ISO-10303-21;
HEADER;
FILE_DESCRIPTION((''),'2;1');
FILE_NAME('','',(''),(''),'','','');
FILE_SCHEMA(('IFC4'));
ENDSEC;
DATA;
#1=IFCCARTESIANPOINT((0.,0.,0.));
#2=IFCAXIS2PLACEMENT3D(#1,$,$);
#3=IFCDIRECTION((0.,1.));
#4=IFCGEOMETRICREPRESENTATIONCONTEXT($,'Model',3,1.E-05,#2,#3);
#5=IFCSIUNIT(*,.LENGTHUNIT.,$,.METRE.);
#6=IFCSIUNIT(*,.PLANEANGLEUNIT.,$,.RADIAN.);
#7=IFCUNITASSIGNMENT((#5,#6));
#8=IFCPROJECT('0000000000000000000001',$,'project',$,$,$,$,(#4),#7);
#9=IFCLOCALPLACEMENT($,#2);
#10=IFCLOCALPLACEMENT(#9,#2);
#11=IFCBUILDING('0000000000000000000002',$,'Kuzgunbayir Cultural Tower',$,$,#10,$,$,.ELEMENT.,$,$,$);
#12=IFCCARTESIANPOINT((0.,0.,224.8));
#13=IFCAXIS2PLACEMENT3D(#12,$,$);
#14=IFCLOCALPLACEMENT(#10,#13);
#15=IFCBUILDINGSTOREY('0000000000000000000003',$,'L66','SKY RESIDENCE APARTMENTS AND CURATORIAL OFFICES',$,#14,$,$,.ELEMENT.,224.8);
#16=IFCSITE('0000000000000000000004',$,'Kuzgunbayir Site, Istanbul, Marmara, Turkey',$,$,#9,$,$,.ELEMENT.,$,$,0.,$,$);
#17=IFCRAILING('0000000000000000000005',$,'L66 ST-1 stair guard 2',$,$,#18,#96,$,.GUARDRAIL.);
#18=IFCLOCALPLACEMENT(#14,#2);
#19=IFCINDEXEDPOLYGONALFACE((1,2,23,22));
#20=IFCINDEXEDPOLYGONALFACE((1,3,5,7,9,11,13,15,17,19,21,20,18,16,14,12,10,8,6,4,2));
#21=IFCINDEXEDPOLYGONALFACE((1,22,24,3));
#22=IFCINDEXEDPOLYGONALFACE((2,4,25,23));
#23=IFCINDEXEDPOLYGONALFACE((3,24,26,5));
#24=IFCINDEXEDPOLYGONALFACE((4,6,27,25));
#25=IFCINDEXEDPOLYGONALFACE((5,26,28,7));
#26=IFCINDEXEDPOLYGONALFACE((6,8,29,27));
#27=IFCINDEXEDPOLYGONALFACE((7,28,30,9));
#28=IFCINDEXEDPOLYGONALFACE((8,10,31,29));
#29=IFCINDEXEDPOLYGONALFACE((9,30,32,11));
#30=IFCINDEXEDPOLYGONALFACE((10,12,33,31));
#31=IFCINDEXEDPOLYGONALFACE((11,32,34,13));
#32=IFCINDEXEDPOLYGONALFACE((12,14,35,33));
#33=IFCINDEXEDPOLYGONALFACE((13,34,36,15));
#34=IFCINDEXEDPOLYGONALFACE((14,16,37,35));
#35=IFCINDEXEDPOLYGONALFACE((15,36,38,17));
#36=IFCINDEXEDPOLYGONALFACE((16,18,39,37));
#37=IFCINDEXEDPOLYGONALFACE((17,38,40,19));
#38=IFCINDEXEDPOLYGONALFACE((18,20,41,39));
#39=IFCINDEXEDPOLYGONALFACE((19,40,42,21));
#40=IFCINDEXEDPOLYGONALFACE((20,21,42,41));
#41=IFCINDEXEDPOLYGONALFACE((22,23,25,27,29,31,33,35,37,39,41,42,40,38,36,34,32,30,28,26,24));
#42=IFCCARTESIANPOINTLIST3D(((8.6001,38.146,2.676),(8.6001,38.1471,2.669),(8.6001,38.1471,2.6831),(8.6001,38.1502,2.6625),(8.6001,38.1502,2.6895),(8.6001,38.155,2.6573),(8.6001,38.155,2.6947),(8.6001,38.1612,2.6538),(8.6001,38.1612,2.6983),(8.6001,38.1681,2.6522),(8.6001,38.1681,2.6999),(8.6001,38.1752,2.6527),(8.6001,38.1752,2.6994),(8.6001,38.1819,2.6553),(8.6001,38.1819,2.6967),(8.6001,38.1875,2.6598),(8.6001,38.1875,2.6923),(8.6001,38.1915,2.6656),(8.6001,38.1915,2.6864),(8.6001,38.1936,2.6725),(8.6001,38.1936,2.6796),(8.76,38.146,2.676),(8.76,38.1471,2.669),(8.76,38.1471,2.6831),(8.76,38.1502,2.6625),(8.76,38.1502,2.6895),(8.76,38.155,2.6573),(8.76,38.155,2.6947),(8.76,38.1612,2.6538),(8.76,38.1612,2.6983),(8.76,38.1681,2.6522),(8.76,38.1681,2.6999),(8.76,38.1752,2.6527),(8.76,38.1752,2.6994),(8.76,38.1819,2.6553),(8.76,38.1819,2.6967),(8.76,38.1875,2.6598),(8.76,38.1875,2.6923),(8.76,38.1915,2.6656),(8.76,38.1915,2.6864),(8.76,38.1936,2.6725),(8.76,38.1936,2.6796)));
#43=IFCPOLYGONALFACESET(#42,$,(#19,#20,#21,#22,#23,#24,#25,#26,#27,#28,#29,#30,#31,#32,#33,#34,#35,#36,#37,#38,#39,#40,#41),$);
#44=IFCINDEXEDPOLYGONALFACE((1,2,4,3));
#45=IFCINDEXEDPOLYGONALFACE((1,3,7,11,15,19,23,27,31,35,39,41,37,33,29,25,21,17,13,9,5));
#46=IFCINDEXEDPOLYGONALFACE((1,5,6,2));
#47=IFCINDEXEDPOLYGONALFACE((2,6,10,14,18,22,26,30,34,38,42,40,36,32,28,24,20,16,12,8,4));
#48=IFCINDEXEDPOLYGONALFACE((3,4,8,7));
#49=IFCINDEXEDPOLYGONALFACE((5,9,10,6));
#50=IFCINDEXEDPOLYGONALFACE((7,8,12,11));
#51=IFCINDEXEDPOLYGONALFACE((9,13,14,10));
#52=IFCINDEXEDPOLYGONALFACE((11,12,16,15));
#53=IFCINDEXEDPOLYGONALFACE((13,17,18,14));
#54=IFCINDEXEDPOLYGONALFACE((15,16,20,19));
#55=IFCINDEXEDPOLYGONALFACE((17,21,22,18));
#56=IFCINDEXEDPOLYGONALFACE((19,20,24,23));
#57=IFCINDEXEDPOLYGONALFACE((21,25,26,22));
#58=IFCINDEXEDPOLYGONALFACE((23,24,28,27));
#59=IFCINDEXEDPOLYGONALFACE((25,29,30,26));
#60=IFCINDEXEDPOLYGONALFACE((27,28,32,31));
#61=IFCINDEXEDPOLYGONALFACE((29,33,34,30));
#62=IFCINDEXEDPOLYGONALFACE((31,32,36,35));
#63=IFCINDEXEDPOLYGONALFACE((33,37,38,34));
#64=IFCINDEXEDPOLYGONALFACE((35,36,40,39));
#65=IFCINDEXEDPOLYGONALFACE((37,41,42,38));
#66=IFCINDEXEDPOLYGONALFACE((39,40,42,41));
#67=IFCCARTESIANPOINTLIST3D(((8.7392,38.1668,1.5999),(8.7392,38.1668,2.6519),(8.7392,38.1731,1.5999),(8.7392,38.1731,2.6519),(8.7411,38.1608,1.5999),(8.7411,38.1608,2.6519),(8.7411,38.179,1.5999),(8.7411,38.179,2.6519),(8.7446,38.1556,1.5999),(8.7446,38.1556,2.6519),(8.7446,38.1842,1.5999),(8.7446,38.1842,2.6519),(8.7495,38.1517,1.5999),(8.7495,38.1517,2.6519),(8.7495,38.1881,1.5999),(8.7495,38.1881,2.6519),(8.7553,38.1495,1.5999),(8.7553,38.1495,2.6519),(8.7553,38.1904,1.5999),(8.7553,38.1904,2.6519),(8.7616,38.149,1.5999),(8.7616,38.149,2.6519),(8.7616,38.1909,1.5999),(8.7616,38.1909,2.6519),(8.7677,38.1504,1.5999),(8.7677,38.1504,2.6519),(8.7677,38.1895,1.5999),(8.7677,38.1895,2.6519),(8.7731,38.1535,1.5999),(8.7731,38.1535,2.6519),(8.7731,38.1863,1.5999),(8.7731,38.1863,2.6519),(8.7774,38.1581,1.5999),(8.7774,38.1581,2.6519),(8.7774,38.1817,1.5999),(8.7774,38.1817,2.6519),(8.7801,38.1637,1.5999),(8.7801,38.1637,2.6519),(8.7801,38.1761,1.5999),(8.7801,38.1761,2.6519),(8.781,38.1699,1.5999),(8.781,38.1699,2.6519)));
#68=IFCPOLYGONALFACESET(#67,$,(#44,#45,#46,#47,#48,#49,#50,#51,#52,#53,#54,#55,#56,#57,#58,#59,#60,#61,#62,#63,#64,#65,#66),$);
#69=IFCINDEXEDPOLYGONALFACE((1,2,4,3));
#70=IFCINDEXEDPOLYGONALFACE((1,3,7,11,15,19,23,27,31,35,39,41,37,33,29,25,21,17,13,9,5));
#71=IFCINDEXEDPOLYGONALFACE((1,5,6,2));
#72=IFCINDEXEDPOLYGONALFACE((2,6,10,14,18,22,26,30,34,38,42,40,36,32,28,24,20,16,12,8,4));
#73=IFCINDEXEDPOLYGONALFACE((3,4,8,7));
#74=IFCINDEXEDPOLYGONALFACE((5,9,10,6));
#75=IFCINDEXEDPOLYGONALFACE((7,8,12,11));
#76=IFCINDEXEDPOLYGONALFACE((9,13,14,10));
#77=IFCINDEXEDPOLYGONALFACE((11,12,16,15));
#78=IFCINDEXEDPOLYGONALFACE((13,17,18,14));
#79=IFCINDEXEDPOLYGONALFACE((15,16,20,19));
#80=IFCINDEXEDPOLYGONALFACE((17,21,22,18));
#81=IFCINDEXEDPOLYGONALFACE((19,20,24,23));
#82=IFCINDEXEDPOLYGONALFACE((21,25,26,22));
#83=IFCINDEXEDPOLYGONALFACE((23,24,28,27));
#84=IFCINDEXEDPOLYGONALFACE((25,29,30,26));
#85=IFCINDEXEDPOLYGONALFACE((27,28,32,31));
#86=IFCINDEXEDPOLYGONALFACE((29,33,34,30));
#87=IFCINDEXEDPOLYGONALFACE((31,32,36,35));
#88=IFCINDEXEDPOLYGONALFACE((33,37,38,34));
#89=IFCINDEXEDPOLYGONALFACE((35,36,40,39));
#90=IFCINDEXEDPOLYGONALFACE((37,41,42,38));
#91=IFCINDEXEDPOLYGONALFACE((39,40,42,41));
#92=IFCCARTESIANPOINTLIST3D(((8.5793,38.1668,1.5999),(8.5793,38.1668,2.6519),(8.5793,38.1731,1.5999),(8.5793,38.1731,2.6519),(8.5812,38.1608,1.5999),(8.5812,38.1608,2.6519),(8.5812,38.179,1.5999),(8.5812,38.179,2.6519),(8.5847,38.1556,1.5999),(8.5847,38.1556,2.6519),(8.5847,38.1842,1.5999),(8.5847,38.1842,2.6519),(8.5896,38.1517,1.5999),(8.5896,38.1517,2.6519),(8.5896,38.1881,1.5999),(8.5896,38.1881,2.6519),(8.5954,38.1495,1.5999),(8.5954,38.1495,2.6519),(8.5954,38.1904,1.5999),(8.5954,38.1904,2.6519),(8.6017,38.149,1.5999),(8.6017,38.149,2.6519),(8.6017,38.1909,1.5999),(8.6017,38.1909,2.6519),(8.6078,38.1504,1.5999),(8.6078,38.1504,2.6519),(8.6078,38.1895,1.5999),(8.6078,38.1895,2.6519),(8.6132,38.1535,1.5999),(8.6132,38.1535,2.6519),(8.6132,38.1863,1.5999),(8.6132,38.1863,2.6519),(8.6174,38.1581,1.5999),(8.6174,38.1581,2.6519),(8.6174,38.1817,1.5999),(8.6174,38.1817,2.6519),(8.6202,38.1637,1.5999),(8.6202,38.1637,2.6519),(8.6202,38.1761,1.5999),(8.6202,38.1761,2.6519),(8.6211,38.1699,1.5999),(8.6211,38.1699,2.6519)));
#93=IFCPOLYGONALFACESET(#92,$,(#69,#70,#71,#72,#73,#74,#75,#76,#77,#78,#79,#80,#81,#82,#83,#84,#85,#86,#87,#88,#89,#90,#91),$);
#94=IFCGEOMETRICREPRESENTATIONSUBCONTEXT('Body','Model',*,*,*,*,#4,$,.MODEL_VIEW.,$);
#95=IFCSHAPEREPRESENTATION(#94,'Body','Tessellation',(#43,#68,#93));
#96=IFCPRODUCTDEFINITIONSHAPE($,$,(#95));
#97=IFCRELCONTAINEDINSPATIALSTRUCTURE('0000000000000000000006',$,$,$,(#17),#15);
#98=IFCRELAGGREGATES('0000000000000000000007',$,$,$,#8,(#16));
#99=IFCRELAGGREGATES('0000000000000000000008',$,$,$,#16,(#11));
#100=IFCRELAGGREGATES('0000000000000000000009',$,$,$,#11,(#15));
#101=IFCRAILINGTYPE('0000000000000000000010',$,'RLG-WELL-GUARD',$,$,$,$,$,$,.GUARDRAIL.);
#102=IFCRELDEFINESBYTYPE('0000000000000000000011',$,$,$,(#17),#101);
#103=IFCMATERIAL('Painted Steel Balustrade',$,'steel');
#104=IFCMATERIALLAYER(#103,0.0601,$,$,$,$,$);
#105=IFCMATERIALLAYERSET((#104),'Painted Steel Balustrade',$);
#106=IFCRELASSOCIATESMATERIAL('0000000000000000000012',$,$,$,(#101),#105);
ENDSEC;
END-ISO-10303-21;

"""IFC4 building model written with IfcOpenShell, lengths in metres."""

from ifc_helpers import new_model, si_unit, direction, frame, origin, origin_2d, place, context, subcontext, project, spatial, circle, extrude, material, layer, layer_set, type_object, element, save


model = new_model("IFC4")

# Units and contexts
model_context = context("Model", 3, precision=1e-05, world=origin(), true_north=direction((0.0, 1.0)))
body_context = subcontext(model_context, "Body", "Model", "MODEL_VIEW")
ifc_project = project(units=[si_unit("LENGTHUNIT", "METRE"), si_unit("PLANEANGLEUNIT", "RADIAN")], contexts=[model_context])

# Site, building, storey
site_placement = place(None, origin())
site = spatial("IfcSite", under=ifc_project, at=site_placement, Name="Kuzgunbayir Site, Istanbul, Marmara, Turkey", CompositionType="ELEMENT", RefElevation=0.0)
building_placement = place(site_placement, origin())
building = spatial("IfcBuilding", under=site, at=building_placement, Name="Kuzgunbayir Cultural Tower", CompositionType="ELEMENT")
storey_placement = place(building_placement, frame((0.0, 0.0, 224.8)))
storey = spatial("IfcBuildingStorey", under=building, at=storey_placement, Name="L66", Description="SKY RESIDENCE APARTMENTS AND CURATORIAL OFFICES", CompositionType="ELEMENT", Elevation=224.8)

# Railing
ifc_material_1 = material(Name="Painted Steel Balustrade", Category="steel")
ifc_layer_1 = layer(ifc_material_1, 0.0601)
ifc_layer_set_1 = layer_set([ifc_layer_1], Name="Painted Steel Balustrade")
railing_type_1 = type_object("IfcRailingType", Name="RLG-WELL-GUARD", PredefinedType="GUARDRAIL", material=ifc_layer_set_1)
railing_1_placement = place(storey_placement, frame((8.76, 38.1699, 1.5999)))
element("IfcRailing", 1, at=railing_1_placement, inside=storey, type_object=railing_type_1, Name="L66 ST-1 stair guard 2", PredefinedType="GUARDRAIL", context=body_context, shape_type="SweptSolid", body=[
    extrude(circle(Radius=0.0239, at=origin_2d()), frame((0.0, 0.0, 1.0762), z_axis=(-1.0, 0.0, 0.0), x_axis=(0.0, -1.0, 0.0)), (0.0, 0.0, 1.0), 0.1599),
    extrude(circle(Radius=0.021, at=origin_2d()), origin(), (0.0, 0.0, 1.0), 1.052),
    extrude(circle(Radius=0.021, at=origin_2d()), frame((-0.1599, 0.0, 0.0)), (0.0, 0.0, 1.0), 1.052),
])

save(model, "model.ifc")
